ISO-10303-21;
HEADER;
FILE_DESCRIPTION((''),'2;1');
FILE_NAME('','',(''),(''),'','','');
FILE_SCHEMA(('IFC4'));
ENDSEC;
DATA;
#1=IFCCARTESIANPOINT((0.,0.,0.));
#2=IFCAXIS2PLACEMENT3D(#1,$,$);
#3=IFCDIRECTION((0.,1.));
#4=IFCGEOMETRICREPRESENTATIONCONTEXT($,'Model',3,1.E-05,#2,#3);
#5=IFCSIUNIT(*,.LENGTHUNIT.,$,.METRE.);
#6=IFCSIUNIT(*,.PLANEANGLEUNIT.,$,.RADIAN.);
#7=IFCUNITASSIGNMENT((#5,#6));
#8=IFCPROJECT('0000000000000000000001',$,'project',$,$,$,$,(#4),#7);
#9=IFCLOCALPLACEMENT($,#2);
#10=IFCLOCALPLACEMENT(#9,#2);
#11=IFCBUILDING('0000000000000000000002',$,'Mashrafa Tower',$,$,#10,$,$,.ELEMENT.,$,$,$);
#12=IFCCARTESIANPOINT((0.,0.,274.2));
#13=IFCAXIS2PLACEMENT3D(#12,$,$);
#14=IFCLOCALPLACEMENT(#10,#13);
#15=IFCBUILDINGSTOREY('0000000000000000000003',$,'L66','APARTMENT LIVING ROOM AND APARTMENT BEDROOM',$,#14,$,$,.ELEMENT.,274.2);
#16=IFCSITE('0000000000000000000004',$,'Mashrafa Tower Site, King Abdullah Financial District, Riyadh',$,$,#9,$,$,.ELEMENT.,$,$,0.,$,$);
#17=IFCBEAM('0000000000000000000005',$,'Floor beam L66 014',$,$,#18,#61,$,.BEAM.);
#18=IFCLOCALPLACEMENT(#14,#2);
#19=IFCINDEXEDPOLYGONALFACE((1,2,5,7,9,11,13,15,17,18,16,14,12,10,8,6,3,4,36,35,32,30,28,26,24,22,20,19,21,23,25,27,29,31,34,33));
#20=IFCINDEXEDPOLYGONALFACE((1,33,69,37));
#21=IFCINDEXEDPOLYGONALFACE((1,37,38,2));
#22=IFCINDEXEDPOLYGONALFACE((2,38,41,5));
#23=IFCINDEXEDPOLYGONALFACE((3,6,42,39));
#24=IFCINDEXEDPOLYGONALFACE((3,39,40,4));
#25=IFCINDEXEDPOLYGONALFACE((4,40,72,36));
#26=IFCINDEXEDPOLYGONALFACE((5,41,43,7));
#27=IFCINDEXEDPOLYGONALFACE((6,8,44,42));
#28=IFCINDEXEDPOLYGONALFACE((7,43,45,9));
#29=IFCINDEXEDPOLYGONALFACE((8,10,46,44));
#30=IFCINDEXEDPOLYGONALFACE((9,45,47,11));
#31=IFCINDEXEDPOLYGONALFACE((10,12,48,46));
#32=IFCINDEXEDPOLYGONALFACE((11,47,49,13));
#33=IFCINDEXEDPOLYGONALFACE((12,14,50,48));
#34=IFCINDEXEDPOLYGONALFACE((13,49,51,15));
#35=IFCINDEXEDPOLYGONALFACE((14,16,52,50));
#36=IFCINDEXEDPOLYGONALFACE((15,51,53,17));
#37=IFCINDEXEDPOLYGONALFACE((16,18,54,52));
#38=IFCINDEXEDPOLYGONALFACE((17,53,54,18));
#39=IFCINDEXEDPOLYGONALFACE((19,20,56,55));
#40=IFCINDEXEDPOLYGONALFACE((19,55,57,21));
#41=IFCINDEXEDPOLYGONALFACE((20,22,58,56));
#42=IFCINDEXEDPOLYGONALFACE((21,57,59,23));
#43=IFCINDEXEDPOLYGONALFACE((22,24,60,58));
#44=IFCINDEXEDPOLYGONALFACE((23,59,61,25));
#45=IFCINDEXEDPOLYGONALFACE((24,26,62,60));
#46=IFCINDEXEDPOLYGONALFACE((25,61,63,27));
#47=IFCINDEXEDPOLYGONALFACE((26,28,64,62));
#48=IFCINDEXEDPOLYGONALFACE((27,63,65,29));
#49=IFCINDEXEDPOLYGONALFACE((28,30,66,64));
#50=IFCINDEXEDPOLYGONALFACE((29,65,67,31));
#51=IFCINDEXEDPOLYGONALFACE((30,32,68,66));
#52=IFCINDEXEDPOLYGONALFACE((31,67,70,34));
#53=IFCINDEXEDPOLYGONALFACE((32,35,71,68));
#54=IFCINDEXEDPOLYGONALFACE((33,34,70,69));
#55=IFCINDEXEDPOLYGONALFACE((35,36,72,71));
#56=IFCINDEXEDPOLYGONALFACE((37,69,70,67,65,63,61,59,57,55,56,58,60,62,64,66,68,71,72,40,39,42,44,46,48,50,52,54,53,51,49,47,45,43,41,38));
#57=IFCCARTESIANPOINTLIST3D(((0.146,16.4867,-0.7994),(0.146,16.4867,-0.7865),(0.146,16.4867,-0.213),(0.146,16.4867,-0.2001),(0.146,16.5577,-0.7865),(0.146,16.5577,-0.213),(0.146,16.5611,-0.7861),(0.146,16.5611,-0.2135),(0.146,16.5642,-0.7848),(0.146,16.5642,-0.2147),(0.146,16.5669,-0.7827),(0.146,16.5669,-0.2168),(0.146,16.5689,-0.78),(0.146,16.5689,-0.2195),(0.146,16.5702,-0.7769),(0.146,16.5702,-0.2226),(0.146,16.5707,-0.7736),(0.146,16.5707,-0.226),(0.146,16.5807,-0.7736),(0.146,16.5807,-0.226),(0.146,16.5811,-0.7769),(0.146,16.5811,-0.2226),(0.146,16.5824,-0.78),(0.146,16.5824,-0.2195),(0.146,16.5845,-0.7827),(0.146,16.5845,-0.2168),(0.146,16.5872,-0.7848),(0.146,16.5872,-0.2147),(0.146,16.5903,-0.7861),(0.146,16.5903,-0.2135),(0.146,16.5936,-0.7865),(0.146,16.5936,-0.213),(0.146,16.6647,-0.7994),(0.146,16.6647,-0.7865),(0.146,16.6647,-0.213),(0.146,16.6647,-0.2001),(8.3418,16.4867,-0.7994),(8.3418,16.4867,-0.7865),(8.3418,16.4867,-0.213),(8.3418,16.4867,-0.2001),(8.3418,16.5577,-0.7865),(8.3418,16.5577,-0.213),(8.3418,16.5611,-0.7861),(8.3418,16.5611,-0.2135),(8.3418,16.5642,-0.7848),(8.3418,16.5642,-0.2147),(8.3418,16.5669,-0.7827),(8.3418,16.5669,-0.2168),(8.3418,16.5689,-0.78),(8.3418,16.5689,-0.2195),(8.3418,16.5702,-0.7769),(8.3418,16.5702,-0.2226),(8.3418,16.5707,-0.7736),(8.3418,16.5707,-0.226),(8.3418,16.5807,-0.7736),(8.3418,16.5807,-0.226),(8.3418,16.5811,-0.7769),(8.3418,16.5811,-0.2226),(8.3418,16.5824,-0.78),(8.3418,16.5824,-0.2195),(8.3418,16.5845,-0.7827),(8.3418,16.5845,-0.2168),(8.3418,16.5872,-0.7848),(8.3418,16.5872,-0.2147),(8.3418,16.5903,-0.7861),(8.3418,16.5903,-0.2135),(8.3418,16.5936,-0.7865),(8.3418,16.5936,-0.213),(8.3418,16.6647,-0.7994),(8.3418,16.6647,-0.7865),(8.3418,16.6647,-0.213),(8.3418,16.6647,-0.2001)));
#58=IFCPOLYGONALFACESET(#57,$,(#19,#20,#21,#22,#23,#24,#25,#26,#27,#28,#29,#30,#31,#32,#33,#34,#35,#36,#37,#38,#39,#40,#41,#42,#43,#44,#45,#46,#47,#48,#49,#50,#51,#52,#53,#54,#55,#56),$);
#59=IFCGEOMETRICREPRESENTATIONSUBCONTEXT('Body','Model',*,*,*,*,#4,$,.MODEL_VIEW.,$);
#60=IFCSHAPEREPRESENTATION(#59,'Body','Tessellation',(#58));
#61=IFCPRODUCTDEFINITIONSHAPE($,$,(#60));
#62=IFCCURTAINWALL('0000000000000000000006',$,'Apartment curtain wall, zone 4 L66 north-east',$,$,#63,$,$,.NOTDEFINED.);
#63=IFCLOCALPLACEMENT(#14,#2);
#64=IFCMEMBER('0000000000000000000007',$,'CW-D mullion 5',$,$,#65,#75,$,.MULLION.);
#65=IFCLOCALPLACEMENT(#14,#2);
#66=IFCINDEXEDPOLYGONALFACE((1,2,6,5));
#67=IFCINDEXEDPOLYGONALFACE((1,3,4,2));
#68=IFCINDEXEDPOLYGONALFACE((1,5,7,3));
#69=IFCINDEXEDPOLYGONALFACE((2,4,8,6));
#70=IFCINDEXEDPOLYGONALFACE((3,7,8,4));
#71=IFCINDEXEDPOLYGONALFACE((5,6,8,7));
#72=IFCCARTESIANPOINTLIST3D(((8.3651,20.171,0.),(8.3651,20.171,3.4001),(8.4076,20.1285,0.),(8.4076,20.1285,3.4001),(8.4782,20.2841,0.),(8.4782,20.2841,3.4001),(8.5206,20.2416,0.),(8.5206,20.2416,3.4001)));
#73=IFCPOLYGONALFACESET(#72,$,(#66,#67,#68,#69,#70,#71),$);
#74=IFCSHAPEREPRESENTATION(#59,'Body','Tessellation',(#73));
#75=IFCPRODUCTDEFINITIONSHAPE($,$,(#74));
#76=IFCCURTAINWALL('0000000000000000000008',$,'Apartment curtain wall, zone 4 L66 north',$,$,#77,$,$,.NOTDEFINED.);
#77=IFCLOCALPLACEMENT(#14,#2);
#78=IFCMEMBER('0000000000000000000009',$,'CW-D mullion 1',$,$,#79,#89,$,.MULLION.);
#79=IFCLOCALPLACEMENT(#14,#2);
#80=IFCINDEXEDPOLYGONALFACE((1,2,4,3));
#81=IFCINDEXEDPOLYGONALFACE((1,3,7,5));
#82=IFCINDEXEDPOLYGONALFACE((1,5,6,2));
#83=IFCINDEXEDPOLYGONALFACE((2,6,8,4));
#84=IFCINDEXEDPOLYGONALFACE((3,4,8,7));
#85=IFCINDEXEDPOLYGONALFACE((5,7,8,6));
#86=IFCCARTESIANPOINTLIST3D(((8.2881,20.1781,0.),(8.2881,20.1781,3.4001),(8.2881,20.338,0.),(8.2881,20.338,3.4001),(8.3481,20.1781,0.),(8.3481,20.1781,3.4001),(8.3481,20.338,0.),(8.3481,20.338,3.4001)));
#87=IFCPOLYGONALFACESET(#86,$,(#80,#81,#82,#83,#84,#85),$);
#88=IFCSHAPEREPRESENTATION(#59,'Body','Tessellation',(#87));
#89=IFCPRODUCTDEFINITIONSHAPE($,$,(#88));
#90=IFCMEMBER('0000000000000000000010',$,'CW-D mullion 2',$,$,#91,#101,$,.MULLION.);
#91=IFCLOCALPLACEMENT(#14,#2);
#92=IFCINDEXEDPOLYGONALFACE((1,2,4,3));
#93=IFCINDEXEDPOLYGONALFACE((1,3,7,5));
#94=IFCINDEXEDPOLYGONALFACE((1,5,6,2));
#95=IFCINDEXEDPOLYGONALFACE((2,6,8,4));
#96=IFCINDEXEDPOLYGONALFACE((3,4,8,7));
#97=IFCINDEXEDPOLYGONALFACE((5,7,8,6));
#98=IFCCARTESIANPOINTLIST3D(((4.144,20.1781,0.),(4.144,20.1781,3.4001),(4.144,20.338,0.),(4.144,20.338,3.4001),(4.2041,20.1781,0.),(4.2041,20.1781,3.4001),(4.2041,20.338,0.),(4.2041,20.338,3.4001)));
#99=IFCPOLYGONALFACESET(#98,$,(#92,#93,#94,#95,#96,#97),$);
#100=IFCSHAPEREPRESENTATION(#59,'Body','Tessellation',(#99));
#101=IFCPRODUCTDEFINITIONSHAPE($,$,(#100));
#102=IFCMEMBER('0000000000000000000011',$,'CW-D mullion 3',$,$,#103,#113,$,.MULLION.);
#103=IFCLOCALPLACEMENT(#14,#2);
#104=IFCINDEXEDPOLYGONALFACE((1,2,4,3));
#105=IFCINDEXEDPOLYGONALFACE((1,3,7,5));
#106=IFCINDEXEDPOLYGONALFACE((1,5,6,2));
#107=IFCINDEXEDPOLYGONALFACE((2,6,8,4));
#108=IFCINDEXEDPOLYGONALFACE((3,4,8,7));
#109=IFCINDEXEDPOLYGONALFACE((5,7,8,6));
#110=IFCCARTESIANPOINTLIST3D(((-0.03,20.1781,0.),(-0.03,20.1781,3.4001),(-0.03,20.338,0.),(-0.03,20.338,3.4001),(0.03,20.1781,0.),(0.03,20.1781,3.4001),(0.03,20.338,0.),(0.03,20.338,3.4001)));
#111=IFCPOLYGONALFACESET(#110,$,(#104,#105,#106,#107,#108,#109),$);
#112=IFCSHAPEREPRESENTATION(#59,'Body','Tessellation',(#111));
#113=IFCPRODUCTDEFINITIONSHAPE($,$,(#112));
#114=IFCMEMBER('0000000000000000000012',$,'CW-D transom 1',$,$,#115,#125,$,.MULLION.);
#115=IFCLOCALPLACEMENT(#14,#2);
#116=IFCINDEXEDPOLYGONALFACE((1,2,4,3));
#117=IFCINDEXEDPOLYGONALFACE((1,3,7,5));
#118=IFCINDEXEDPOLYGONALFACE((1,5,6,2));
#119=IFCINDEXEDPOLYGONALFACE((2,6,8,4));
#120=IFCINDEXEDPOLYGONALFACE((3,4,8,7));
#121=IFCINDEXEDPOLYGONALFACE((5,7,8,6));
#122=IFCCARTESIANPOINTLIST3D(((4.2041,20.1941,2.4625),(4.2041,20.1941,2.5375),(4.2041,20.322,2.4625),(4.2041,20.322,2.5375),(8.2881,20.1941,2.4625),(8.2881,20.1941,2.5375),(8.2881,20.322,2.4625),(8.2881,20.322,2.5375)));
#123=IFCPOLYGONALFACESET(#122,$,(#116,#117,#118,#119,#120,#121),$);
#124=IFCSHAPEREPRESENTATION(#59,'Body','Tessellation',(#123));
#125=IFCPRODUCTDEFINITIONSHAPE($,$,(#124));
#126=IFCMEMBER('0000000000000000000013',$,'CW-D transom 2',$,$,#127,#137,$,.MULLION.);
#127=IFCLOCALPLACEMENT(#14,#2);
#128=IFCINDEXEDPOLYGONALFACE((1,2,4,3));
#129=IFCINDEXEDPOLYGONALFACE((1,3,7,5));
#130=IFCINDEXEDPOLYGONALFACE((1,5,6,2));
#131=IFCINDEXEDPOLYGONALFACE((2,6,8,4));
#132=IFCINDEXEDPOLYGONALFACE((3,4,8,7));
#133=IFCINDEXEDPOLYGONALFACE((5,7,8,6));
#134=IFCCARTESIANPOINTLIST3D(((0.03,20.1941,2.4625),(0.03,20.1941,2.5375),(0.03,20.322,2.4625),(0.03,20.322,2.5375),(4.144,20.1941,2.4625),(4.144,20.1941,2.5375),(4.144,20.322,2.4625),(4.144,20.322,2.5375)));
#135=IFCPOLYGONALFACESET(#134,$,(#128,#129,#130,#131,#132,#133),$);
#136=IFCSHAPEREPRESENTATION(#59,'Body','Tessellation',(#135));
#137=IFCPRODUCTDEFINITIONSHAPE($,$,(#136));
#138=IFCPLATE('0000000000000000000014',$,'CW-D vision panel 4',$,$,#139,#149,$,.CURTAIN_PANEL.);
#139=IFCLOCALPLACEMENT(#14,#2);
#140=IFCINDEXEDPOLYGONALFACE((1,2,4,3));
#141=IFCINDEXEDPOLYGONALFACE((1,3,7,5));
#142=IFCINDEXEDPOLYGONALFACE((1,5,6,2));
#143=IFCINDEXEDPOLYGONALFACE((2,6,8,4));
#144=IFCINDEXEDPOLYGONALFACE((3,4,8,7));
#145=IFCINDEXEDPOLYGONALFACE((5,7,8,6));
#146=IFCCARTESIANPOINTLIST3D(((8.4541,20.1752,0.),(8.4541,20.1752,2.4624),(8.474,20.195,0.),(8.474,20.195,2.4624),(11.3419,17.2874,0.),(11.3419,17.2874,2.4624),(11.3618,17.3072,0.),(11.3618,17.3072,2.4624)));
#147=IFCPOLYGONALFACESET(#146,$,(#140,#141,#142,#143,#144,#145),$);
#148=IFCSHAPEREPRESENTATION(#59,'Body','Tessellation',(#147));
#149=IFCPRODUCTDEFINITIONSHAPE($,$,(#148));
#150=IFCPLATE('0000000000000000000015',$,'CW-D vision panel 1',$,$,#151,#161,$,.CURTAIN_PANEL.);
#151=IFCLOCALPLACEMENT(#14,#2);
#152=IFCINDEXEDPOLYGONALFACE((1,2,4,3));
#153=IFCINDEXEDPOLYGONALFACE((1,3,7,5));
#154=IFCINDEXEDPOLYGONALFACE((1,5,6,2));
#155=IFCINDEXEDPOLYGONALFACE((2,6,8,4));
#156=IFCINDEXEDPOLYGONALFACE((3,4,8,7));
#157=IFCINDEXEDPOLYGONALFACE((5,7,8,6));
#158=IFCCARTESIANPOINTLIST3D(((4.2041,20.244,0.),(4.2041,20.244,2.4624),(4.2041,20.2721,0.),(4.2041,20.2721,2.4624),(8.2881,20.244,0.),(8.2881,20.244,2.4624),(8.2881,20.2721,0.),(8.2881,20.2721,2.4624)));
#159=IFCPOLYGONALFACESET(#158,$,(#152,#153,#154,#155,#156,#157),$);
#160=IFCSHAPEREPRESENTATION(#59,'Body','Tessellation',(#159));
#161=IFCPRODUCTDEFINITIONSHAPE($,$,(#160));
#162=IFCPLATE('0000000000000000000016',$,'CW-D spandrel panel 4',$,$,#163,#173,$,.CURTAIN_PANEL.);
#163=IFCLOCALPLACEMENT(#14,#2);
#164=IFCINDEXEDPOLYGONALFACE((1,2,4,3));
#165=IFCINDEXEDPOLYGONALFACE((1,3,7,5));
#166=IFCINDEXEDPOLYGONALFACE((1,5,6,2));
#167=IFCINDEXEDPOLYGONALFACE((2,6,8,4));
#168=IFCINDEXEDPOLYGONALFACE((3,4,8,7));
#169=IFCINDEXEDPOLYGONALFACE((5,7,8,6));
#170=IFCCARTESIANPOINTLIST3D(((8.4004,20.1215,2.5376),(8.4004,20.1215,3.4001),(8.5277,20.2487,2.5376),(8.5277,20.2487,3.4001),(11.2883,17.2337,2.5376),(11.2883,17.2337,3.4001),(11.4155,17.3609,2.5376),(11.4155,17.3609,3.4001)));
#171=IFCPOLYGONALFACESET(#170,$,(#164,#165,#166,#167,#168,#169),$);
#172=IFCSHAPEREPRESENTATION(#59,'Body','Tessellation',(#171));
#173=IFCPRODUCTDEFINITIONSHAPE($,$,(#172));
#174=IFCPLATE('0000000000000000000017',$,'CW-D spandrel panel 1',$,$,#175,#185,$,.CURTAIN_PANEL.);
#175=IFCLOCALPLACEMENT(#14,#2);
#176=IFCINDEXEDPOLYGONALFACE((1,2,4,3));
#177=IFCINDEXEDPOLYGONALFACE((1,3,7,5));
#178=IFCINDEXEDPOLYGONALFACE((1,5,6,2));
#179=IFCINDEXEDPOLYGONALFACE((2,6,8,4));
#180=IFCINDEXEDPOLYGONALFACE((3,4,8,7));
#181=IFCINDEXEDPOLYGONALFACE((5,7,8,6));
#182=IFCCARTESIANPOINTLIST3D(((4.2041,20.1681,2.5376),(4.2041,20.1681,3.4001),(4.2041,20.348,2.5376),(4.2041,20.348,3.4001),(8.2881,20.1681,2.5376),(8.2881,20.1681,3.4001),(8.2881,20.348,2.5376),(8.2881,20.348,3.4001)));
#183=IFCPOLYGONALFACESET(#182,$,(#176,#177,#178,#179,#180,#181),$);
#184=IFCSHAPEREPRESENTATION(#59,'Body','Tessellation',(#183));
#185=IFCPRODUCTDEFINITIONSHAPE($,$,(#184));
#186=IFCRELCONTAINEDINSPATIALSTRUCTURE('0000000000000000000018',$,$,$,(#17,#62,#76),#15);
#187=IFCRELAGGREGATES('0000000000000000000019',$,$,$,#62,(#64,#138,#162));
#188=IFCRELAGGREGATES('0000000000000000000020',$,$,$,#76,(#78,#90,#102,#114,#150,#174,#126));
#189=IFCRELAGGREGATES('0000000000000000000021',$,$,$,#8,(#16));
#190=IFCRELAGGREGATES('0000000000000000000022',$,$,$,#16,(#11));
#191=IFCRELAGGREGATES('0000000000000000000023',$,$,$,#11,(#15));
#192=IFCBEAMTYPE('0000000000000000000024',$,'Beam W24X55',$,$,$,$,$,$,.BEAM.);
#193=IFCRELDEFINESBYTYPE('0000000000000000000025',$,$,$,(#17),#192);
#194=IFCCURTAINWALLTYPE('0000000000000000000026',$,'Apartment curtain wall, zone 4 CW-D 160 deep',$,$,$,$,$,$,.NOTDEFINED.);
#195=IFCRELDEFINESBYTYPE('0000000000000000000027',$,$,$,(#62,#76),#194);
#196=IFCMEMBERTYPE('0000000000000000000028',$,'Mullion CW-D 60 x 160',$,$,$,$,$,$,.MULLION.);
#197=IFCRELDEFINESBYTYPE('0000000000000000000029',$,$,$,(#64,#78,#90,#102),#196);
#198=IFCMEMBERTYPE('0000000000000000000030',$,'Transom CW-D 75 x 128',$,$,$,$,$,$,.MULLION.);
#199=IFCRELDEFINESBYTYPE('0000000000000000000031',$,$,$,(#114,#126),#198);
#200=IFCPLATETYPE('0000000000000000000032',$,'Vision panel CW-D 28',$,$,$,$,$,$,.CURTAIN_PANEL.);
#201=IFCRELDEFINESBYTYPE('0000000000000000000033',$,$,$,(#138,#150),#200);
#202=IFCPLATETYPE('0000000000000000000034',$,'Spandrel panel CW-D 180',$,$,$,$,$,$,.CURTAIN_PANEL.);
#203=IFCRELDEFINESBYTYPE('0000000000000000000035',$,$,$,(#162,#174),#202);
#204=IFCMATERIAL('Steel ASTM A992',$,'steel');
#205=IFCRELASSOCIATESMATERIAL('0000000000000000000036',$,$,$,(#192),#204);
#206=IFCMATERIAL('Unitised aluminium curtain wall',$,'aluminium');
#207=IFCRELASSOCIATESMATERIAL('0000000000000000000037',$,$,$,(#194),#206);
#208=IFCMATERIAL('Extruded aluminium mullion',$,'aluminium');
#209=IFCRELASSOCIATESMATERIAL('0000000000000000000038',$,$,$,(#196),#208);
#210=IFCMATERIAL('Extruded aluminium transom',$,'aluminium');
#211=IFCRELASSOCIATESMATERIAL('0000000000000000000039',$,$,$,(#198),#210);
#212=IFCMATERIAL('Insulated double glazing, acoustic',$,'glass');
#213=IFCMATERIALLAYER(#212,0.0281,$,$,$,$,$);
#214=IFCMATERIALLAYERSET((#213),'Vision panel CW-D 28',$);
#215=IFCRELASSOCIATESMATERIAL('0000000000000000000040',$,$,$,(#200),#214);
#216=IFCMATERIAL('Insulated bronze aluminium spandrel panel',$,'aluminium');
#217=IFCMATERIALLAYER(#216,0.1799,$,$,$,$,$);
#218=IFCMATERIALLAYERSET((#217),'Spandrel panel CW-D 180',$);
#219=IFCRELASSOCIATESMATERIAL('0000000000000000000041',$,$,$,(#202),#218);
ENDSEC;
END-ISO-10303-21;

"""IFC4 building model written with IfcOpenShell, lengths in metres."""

from ifc_helpers import new_model, si_unit, direction, frame, origin, origin_2d, place, context, subcontext, project, spatial, rectangle, i_section, extrude, source, transform, mapped, material, layer, layer_set, material_profile, profile_set, type_object, type_shapes, element, aggregate, save


model = new_model("IFC4")

# Units and contexts
model_context = context("Model", 3, precision=1e-05, world=origin(), true_north=direction((0.0, 1.0)))
body_context = subcontext(model_context, "Body", "Model", "MODEL_VIEW")
ifc_project = project(units=[si_unit("LENGTHUNIT", "METRE"), si_unit("PLANEANGLEUNIT", "RADIAN")], contexts=[model_context])

# Site, building, storey
site_placement = place(None, origin())
site = spatial("IfcSite", under=ifc_project, at=site_placement, Name="Mashrafa Tower Site, King Abdullah Financial District, Riyadh", CompositionType="ELEMENT", RefElevation=0.0)
building_placement = place(site_placement, origin())
building = spatial("IfcBuilding", under=site, at=building_placement, Name="Mashrafa Tower", CompositionType="ELEMENT")
storey_placement = place(building_placement, frame((0.0, 0.0, 274.2)))
storey = spatial("IfcBuildingStorey", under=building, at=storey_placement, Name="L66", Description="APARTMENT LIVING ROOM AND APARTMENT BEDROOM", CompositionType="ELEMENT", Elevation=274.2)

# Beam
ifc_material_1 = material(Name="Steel ASTM A992", Category="steel")
ifc_material_profile_1 = material_profile(ifc_material_1, i_section(OverallWidth=0.178, OverallDepth=0.5994, WebThickness=0.01, FlangeThickness=0.0129, FilletRadius=0.0129, at=origin_2d()), Name="W24X55")
ifc_profile_set_1 = profile_set([ifc_material_profile_1], Name="Steel ASTM A992")
beam_type_1 = type_object("IfcBeamType", Name="Beam W24X55", PredefinedType="BEAM", material=ifc_profile_set_1)
beam_1_placement = place(storey_placement, frame((0.146, 16.5757, -0.4998), z_axis=(1.0, 0.0, 0.0), x_axis=(0.0, 1.0, 0.0)))
element("IfcBeam", 1, at=beam_1_placement, inside=storey, type_object=beam_type_1, Name="Floor beam L66 014", PredefinedType="BEAM", context=body_context, shape_type="SweptSolid", body=[
    extrude(i_section(OverallWidth=0.178, OverallDepth=0.5994, WebThickness=0.01, FlangeThickness=0.0129, FilletRadius=0.0129, at=origin_2d()), origin(), (0.0, 0.0, 1.0), 8.1958),
])

# Curtain wall, member
ifc_material_2 = material(Name="Unitised aluminium curtain wall", Category="aluminium")
curtain_wall_type = type_object("IfcCurtainWallType", Name="Apartment curtain wall, zone 4 CW-D 160 deep", PredefinedType="NOTDEFINED", material=ifc_material_2)
curtain_wall_1_placement = place(storey_placement, origin())
curtain_wall_1 = element("IfcCurtainWall", 2, at=curtain_wall_1_placement, inside=storey, type_object=curtain_wall_type, Name="Apartment curtain wall, zone 4 L66 north-east", PredefinedType="NOTDEFINED")
ifc_material_3 = material(Name="Extruded aluminium mullion", Category="aluminium")
ifc_material_profile_2 = material_profile(ifc_material_3, rectangle(XDim=0.1599, YDim=0.0601, at=origin_2d()), Name="Mullion 60x160")
ifc_profile_set_2 = profile_set([ifc_material_profile_2], Name="Extruded aluminium mullion")
member_type_1 = type_object("IfcMemberType", Name="Mullion CW-D 60 x 160", PredefinedType="MULLION", material=ifc_profile_set_2)
shared_shape_1 = source(origin(), body_context, "Body", "SweptSolid", [
    extrude(rectangle(XDim=0.1599, YDim=0.0601, at=origin_2d()), origin(), (0.0, 0.0, 1.0), 3.4001),
])
type_shapes(member_type_1, [shared_shape_1])
member_1_placement = place(storey_placement, frame((8.4429, 20.2063, 0.0), z_axis=(0.0, 0.0, 1.0), x_axis=(-0.707107, -0.707107, 0.0)))
member_1 = element("IfcMember", 3, at=member_1_placement, type_object=member_type_1, Name="CW-D mullion 5", PredefinedType="MULLION", context=body_context, shape_type="MappedRepresentation", body=[
    mapped(shared_shape_1, transform((0.0, 0.0, 0.0))),
])

# Curtain wall, members
curtain_wall_2_placement = place(storey_placement, origin())
curtain_wall_2 = element("IfcCurtainWall", 4, at=curtain_wall_2_placement, inside=storey, type_object=curtain_wall_type, Name="Apartment curtain wall, zone 4 L66 north", PredefinedType="NOTDEFINED")
member_2_placement = place(storey_placement, frame((8.3181, 20.2581, 0.0), z_axis=(0.0, 0.0, 1.0), x_axis=(0.0, -1.0, 0.0)))
member_2 = element("IfcMember", 5, at=member_2_placement, type_object=member_type_1, Name="CW-D mullion 1", PredefinedType="MULLION", context=body_context, shape_type="MappedRepresentation", body=[
    mapped(shared_shape_1, transform((0.0, 0.0, 0.0))),
])
member_3_placement = place(storey_placement, frame((4.1741, 20.2581, 0.0), z_axis=(0.0, 0.0, 1.0), x_axis=(0.0, -1.0, 0.0)))
member_3 = element("IfcMember", 6, at=member_3_placement, type_object=member_type_1, Name="CW-D mullion 2", PredefinedType="MULLION", context=body_context, shape_type="MappedRepresentation", body=[
    mapped(shared_shape_1, transform((0.0, 0.0, 0.0))),
])
member_4_placement = place(storey_placement, frame((0.0, 20.2581, 0.0), z_axis=(0.0, 0.0, 1.0), x_axis=(0.0, -1.0, 0.0)))
member_4 = element("IfcMember", 7, at=member_4_placement, type_object=member_type_1, Name="CW-D mullion 3", PredefinedType="MULLION", context=body_context, shape_type="MappedRepresentation", body=[
    mapped(shared_shape_1, transform((0.0, 0.0, 0.0))),
])
ifc_material_4 = material(Name="Extruded aluminium transom", Category="aluminium")
ifc_material_profile_3 = material_profile(ifc_material_4, rectangle(XDim=0.1279, YDim=0.075, at=origin_2d()), Name="Transom 75x128")
ifc_profile_set_3 = profile_set([ifc_material_profile_3], Name="Extruded aluminium transom")
member_type_2 = type_object("IfcMemberType", Name="Transom CW-D 75 x 128", PredefinedType="MULLION", material=ifc_profile_set_3)
shared_shape_2 = source(origin(), body_context, "Body", "SweptSolid", [
    extrude(rectangle(XDim=0.1279, YDim=0.075, at=origin_2d()), origin(), (0.0, 0.0, 1.0), 4.084),
])
member_5_placement = place(storey_placement, frame((8.2881, 20.2581, 2.5), z_axis=(-1.0, 0.0, 0.0), x_axis=(0.0, -1.0, 0.0)))
member_5 = element("IfcMember", 8, at=member_5_placement, type_object=member_type_2, Name="CW-D transom 1", PredefinedType="MULLION", context=body_context, shape_type="MappedRepresentation", body=[
    mapped(shared_shape_2, transform((0.0, 0.0, 0.0))),
])
shared_shape_3 = source(origin(), body_context, "Body", "SweptSolid", [
    extrude(rectangle(XDim=0.1279, YDim=0.075, at=origin_2d()), origin(), (0.0, 0.0, 1.0), 4.114),
])
type_shapes(member_type_2, [shared_shape_2, shared_shape_3])
member_6_placement = place(storey_placement, frame((4.144, 20.2581, 2.5), z_axis=(-1.0, 0.0, 0.0), x_axis=(0.0, -1.0, 0.0)))
member_6 = element("IfcMember", 9, at=member_6_placement, type_object=member_type_2, Name="CW-D transom 2", PredefinedType="MULLION", context=body_context, shape_type="MappedRepresentation", body=[
    mapped(shared_shape_3, transform((0.0, 0.0, 0.0))),
])

# Plates
ifc_material_5 = material(Name="Insulated double glazing, acoustic", Category="glass")
ifc_layer_1 = layer(ifc_material_5, 0.0281)
ifc_layer_set_1 = layer_set([ifc_layer_1], Name="Vision panel CW-D 28")
plate_type_1 = type_object("IfcPlateType", Name="Vision panel CW-D 28", PredefinedType="CURTAIN_PANEL", material=ifc_layer_set_1)
shared_shape_4 = source(origin(), body_context, "Body", "SweptSolid", [
    extrude(rectangle(XDim=4.084, YDim=0.0281, at=origin_2d()), origin(), (0.0, 0.0, 1.0), 2.4624),
])
plate_1_placement = place(storey_placement, frame((9.908, 18.7412, 0.0), z_axis=(0.0, 0.0, 1.0), x_axis=(-0.707107, 0.707107, 0.0)))
plate_1 = element("IfcPlate", 10, at=plate_1_placement, type_object=plate_type_1, Name="CW-D vision panel 4", PredefinedType="CURTAIN_PANEL", context=body_context, shape_type="MappedRepresentation", body=[
    mapped(shared_shape_4, transform((0.0, 0.0, 0.0))),
])
plate_2_placement = place(storey_placement, frame((6.2461, 20.2581, 0.0), z_axis=(0.0, 0.0, 1.0), x_axis=(-1.0, 0.0, 0.0)))
plate_2 = element("IfcPlate", 11, at=plate_2_placement, type_object=plate_type_1, Name="CW-D vision panel 1", PredefinedType="CURTAIN_PANEL", context=body_context, shape_type="MappedRepresentation", body=[
    mapped(shared_shape_4, transform((0.0, 0.0, 0.0))),
])
ifc_material_6 = material(Name="Insulated bronze aluminium spandrel panel", Category="aluminium")
ifc_layer_2 = layer(ifc_material_6, 0.1799)
ifc_layer_set_2 = layer_set([ifc_layer_2], Name="Spandrel panel CW-D 180")
plate_type_2 = type_object("IfcPlateType", Name="Spandrel panel CW-D 180", PredefinedType="CURTAIN_PANEL", material=ifc_layer_set_2)
shared_shape_5 = source(origin(), body_context, "Body", "SweptSolid", [
    extrude(rectangle(XDim=4.084, YDim=0.1799, at=origin_2d()), origin(), (0.0, 0.0, 1.0), 0.8625),
])
plate_3_placement = place(storey_placement, frame((9.908, 18.7412, 2.5376), z_axis=(0.0, 0.0, 1.0), x_axis=(-0.707107, 0.707107, 0.0)))
plate_3 = element("IfcPlate", 12, at=plate_3_placement, type_object=plate_type_2, Name="CW-D spandrel panel 4", PredefinedType="CURTAIN_PANEL", context=body_context, shape_type="MappedRepresentation", body=[
    mapped(shared_shape_5, transform((0.0, 0.0, 0.0))),
])
aggregate(curtain_wall_1, [member_1, plate_1, plate_3])
plate_4_placement = place(storey_placement, frame((6.2461, 20.2581, 2.5376), z_axis=(0.0, 0.0, 1.0), x_axis=(-1.0, 0.0, 0.0)))
plate_4 = element("IfcPlate", 13, at=plate_4_placement, type_object=plate_type_2, Name="CW-D spandrel panel 1", PredefinedType="CURTAIN_PANEL", context=body_context, shape_type="MappedRepresentation", body=[
    mapped(shared_shape_5, transform((0.0, 0.0, 0.0))),
])
aggregate(curtain_wall_2, [member_2, member_3, member_4, member_5, plate_2, plate_4, member_6])

save(model, "model.ifc")
